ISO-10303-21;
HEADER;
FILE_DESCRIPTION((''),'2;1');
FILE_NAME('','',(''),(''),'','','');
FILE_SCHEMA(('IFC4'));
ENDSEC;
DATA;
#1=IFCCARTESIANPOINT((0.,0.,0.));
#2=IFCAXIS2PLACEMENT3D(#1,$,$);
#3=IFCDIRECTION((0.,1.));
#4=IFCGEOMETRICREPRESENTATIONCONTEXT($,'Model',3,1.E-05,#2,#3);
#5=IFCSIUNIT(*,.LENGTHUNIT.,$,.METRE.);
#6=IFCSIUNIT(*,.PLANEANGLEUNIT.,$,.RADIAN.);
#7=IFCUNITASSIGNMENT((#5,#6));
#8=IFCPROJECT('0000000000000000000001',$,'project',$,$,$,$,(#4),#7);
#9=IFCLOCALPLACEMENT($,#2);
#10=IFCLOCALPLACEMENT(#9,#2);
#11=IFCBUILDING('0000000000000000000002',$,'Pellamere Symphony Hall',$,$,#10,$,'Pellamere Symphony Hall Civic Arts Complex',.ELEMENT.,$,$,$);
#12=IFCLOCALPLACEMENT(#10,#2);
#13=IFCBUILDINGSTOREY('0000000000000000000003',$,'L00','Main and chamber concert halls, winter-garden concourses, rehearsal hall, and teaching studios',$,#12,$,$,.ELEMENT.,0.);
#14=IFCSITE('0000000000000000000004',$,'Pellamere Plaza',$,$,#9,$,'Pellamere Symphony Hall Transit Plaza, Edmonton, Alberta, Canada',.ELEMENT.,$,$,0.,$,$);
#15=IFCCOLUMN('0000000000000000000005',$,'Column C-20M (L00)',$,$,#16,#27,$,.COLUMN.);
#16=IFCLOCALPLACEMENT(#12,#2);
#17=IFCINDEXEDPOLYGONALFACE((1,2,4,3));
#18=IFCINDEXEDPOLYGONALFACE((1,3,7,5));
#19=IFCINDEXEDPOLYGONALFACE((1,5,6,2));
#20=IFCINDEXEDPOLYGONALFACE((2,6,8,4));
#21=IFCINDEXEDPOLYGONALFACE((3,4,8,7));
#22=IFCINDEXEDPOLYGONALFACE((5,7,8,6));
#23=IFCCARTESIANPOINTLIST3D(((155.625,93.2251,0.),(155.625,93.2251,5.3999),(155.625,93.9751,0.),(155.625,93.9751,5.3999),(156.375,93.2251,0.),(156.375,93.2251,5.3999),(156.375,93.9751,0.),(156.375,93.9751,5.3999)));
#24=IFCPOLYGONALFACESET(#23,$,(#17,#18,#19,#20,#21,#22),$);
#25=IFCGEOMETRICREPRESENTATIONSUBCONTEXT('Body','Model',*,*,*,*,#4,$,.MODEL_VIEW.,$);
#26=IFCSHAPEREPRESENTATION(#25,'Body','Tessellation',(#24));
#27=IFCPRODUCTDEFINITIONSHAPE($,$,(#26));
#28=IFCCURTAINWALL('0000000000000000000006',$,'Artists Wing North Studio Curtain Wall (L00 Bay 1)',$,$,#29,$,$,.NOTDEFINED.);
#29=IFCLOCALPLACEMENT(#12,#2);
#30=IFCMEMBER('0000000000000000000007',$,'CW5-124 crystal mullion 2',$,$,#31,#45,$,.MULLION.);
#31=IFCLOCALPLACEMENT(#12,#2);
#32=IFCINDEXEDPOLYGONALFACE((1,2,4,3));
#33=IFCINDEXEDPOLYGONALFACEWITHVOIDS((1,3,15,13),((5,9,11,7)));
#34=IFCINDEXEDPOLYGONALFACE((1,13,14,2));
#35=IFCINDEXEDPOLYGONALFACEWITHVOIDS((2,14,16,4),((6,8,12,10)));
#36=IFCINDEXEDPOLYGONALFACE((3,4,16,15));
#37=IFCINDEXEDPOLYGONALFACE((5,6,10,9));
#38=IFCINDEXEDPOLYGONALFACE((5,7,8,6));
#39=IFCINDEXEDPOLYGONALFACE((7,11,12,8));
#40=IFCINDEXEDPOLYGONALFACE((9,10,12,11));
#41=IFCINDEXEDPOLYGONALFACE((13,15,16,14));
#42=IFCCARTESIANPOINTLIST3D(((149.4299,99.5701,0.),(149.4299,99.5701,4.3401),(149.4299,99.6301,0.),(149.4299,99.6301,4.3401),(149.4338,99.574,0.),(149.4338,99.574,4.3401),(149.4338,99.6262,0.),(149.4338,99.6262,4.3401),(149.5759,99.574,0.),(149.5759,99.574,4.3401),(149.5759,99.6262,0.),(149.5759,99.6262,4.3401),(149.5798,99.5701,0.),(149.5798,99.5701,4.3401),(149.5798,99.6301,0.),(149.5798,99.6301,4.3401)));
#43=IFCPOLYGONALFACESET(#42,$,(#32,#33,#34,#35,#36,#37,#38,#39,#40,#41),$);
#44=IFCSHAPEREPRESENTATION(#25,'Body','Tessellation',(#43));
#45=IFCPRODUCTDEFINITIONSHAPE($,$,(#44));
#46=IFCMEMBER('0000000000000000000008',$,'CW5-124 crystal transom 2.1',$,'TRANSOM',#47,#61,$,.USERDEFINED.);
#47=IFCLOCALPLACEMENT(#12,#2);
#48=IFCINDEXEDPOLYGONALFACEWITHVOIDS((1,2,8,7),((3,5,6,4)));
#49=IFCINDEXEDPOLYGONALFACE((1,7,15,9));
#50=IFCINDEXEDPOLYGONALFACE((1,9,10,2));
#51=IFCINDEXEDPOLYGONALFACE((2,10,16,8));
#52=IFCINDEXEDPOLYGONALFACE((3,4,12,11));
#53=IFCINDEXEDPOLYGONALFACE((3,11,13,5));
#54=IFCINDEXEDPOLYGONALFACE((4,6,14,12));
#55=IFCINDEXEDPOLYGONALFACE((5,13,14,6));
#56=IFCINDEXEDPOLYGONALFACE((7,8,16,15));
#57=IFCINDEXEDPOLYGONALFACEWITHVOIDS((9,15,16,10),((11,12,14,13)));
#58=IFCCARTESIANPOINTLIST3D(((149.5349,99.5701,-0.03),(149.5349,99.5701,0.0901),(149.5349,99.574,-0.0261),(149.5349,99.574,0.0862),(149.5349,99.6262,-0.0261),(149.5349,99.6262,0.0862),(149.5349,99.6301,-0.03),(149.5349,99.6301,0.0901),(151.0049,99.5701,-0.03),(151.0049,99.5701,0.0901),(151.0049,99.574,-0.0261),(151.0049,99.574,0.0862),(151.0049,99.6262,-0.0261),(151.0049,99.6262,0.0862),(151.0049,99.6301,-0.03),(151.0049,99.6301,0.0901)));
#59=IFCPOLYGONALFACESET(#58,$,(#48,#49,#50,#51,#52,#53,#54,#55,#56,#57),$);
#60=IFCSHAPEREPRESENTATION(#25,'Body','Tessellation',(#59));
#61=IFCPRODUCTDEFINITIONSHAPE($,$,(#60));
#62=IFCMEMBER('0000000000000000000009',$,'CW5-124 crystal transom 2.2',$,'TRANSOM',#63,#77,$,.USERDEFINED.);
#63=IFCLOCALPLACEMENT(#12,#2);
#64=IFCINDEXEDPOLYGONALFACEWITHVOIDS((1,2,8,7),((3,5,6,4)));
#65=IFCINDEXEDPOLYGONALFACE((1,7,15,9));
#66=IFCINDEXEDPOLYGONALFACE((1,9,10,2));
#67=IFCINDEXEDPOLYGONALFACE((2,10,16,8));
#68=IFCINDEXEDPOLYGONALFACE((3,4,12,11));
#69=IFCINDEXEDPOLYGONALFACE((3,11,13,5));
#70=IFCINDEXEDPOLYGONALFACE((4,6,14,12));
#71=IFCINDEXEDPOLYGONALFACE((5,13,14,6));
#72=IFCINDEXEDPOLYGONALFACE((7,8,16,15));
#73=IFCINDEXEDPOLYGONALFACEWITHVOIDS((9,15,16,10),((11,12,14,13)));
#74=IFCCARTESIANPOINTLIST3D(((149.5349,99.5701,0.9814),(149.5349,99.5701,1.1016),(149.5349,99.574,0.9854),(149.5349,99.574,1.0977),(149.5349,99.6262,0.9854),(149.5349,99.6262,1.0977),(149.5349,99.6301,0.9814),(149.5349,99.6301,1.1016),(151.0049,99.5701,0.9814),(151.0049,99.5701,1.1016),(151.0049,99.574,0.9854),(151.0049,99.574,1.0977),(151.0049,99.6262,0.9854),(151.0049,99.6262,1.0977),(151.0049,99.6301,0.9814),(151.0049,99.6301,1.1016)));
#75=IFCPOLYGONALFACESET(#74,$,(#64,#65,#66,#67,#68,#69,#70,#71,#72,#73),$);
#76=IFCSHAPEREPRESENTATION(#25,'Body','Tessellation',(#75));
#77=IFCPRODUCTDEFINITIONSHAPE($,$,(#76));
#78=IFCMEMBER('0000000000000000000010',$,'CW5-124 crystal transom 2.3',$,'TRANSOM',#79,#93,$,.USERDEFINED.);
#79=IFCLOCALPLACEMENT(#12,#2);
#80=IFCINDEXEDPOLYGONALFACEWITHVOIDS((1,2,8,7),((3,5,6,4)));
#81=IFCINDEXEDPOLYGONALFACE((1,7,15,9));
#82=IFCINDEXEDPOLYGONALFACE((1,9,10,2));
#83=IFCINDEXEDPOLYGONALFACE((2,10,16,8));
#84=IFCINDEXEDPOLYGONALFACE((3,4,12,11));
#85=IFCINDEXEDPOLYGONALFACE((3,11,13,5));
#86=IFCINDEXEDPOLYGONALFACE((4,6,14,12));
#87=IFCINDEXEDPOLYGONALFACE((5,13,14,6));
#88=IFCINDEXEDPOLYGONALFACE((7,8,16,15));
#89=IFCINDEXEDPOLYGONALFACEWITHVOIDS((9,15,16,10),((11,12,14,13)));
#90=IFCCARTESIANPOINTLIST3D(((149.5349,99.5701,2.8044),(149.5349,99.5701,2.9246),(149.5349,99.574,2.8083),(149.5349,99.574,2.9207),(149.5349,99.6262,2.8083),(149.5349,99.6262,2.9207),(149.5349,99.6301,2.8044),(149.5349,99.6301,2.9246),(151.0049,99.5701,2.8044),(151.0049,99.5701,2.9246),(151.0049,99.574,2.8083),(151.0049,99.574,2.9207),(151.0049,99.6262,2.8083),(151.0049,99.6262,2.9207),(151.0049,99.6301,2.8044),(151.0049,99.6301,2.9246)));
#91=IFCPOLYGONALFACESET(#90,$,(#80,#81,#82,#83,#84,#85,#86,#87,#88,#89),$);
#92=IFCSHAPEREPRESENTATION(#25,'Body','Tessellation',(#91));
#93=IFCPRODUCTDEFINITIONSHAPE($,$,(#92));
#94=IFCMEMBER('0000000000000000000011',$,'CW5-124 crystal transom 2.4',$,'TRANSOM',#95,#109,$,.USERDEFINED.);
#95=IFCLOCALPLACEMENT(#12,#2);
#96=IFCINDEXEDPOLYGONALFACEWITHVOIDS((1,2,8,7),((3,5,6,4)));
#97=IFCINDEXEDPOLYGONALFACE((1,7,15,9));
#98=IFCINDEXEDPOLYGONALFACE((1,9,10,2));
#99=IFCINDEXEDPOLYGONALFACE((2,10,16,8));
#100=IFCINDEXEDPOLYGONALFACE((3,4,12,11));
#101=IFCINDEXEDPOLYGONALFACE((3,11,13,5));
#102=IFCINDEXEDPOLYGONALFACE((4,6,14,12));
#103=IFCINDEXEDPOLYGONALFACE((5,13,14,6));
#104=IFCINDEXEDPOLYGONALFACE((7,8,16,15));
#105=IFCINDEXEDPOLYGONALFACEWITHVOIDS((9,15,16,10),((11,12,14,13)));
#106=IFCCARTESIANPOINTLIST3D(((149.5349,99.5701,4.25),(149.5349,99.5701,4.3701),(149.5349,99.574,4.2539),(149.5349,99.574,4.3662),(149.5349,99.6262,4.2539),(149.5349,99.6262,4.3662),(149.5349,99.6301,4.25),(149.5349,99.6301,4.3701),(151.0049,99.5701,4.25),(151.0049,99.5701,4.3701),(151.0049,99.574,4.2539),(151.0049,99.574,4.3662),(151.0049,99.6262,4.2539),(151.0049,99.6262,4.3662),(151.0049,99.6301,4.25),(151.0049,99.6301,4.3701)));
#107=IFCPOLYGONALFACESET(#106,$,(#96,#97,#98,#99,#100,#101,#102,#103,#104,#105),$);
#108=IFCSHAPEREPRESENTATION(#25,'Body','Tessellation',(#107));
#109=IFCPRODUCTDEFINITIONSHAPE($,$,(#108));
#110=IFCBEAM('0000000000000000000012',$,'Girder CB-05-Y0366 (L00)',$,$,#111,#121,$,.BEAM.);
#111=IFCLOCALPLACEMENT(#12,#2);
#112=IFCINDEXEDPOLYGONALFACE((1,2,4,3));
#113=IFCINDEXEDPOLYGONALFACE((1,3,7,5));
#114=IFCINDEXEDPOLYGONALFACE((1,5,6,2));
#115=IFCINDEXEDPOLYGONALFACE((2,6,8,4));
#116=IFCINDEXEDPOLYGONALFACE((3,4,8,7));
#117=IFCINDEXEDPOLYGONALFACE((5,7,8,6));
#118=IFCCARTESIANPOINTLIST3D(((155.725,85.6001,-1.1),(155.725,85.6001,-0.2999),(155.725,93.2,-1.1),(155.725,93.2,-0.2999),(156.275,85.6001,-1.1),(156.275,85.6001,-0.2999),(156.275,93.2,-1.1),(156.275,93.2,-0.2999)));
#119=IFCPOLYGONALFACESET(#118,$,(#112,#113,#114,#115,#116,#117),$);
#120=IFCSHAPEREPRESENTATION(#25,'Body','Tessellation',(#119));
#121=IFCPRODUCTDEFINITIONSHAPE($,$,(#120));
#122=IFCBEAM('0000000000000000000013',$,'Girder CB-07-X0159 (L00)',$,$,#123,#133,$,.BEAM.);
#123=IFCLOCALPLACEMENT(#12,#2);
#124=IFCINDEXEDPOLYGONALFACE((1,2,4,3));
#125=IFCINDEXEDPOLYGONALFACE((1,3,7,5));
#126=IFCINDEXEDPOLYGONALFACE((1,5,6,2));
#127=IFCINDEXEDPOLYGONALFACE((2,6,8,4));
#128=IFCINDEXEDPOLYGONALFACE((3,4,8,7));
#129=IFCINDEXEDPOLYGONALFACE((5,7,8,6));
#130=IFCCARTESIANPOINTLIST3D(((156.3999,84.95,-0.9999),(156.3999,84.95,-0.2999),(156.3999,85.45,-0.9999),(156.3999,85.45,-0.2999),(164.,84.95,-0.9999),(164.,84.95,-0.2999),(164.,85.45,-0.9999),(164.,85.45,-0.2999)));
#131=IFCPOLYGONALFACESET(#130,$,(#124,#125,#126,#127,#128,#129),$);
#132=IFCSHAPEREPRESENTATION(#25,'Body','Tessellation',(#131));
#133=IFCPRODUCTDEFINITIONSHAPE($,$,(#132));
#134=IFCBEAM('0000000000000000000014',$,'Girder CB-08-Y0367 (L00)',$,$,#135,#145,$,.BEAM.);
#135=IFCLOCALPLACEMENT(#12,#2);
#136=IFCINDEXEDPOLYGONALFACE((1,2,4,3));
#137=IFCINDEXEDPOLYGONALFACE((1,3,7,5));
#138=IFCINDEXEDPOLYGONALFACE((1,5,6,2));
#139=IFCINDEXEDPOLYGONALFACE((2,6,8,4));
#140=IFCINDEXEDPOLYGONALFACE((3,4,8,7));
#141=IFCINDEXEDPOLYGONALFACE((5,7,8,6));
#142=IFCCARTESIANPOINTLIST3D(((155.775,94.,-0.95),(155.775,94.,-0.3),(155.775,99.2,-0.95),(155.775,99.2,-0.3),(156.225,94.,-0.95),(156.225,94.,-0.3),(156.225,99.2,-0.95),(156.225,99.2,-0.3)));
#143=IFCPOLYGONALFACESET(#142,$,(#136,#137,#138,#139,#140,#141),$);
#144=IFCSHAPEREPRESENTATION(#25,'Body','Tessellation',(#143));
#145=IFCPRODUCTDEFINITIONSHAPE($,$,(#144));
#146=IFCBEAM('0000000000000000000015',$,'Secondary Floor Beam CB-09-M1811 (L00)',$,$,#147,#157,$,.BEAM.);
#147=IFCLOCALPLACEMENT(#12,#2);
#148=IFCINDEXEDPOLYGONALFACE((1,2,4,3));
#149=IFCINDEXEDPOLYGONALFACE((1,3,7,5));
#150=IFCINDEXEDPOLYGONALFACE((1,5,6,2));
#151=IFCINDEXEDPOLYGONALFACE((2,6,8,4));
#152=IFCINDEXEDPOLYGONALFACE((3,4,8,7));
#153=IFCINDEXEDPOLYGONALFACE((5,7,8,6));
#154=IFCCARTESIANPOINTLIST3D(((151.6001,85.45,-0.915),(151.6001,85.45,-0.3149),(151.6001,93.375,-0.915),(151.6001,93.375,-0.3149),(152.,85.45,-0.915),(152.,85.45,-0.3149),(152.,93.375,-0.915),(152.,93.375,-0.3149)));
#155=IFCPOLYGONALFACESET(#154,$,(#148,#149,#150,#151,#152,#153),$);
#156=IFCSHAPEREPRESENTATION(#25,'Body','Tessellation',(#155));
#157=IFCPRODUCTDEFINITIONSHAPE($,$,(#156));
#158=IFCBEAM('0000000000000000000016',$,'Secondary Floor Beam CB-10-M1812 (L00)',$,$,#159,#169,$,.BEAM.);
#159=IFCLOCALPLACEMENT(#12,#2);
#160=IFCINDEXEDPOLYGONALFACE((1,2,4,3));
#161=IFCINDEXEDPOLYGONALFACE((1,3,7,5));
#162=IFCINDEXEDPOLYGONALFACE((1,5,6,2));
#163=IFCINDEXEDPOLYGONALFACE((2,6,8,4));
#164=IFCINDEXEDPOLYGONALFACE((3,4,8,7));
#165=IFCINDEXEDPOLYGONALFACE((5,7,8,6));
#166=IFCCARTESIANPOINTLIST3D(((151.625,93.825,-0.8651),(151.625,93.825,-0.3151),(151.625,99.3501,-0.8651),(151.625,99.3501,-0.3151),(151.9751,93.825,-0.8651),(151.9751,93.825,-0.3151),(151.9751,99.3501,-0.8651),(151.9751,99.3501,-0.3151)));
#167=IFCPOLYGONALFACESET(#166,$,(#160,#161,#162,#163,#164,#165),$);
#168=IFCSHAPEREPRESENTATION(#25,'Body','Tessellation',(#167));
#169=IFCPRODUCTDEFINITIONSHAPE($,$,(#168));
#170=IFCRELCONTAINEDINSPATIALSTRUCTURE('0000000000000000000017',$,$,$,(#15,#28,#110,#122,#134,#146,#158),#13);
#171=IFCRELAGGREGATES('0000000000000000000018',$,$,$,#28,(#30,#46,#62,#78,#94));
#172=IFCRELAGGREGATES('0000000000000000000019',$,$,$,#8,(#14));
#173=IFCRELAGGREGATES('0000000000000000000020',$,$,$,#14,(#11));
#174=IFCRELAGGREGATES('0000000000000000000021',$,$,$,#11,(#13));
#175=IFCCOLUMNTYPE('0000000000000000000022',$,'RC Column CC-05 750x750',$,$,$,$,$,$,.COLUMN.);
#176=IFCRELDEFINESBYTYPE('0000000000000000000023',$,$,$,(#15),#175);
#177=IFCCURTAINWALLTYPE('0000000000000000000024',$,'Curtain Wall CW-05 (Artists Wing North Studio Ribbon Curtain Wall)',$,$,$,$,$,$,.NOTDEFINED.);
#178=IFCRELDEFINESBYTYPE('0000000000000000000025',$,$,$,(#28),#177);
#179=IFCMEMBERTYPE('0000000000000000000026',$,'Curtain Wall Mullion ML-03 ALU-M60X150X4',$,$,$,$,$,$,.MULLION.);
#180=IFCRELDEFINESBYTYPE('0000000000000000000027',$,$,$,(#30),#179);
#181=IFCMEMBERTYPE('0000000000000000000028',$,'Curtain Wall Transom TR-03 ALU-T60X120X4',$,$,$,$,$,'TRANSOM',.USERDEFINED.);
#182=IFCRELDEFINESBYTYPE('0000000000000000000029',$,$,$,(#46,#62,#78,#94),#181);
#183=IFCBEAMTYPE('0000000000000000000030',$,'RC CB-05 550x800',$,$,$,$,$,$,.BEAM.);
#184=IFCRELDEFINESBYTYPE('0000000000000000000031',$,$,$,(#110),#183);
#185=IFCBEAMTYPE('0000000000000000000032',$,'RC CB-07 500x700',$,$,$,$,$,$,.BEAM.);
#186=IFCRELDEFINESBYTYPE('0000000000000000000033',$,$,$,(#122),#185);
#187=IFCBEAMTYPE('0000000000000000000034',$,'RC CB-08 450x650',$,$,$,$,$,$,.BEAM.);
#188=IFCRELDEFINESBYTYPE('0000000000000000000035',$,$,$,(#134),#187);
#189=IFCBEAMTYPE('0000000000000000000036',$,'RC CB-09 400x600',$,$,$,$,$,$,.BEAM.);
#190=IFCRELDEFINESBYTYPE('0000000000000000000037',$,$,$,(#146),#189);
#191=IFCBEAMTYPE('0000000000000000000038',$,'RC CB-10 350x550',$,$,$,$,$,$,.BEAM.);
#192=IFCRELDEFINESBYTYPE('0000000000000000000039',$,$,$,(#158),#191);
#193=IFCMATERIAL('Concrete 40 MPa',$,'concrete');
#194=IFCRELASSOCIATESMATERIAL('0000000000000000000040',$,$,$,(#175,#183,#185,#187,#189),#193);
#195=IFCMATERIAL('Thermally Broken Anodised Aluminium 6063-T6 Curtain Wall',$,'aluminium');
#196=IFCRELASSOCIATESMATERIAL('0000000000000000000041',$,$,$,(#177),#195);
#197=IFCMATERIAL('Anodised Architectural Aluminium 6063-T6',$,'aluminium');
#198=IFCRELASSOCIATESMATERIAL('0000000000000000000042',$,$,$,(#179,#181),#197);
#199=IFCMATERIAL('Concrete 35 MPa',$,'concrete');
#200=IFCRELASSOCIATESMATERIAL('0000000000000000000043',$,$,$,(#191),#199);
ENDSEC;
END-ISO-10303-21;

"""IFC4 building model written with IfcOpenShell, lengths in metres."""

from ifc_helpers import new_model, si_unit, direction, frame, origin, origin_2d, place, context, subcontext, project, spatial, rectangle, hollow_rectangle, extrude, material, material_profile, profile_set, type_object, element, aggregate, save


model = new_model("IFC4")

# Units and contexts
model_context = context("Model", 3, precision=1e-05, world=origin(), true_north=direction((0.0, 1.0)))
body_context = subcontext(model_context, "Body", "Model", "MODEL_VIEW")
ifc_project = project(units=[si_unit("LENGTHUNIT", "METRE"), si_unit("PLANEANGLEUNIT", "RADIAN")], contexts=[model_context])

# Site, building, storey
site_placement = place(None, origin())
site = spatial("IfcSite", under=ifc_project, at=site_placement, Name="Pellamere Plaza", LongName="Pellamere Symphony Hall Transit Plaza, Edmonton, Alberta, Canada", CompositionType="ELEMENT", RefElevation=0.0)
building_placement = place(site_placement, origin())
building = spatial("IfcBuilding", under=site, at=building_placement, Name="Pellamere Symphony Hall", LongName="Pellamere Symphony Hall Civic Arts Complex", CompositionType="ELEMENT")
storey_placement = place(building_placement, origin())
storey = spatial("IfcBuildingStorey", under=building, at=storey_placement, Name="L00", Description="Main and chamber concert halls, winter-garden concourses, rehearsal hall, and teaching studios", CompositionType="ELEMENT", Elevation=0.0)

# Column
ifc_material_1 = material(Name="Concrete 40 MPa", Category="concrete")
ifc_material_profile_1 = material_profile(ifc_material_1, rectangle(XDim=0.75, YDim=0.75, at=origin_2d()), Name="RC 750x750")
ifc_profile_set_1 = profile_set([ifc_material_profile_1], Name="Concrete 40 MPa")
column_type = type_object("IfcColumnType", Name="RC Column CC-05 750x750", PredefinedType="COLUMN", material=ifc_profile_set_1)
column_placement = place(storey_placement, frame((156.0, 93.6001, 0.0), z_axis=(0.0, 0.0, 1.0), x_axis=(1.0, 0.0, 0.0)))
element("IfcColumn", 1, at=column_placement, inside=storey, type_object=column_type, Name="Column C-20M (L00)", PredefinedType="COLUMN", context=body_context, shape_type="SweptSolid", body=[
    extrude(rectangle(XDim=0.75, YDim=0.75, at=origin_2d()), origin(), (0.0, 0.0, 1.0), 5.3999),
])

# Curtain wall, members
ifc_material_2 = material(Name="Thermally Broken Anodised Aluminium 6063-T6 Curtain Wall", Category="aluminium")
curtain_wall_type = type_object("IfcCurtainWallType", Name="Curtain Wall CW-05 (Artists Wing North Studio Ribbon Curtain Wall)", PredefinedType="NOTDEFINED", material=ifc_material_2)
curtain_wall_placement = place(storey_placement, origin())
curtain_wall = element("IfcCurtainWall", 2, at=curtain_wall_placement, inside=storey, type_object=curtain_wall_type, Name="Artists Wing North Studio Curtain Wall (L00 Bay 1)", PredefinedType="NOTDEFINED")
ifc_material_3 = material(Name="Anodised Architectural Aluminium 6063-T6", Category="aluminium")
ifc_material_profile_2 = material_profile(ifc_material_3, hollow_rectangle(XDim=0.0601, YDim=0.1499, WallThickness=0.0039, at=origin_2d()), Name="ALU-M60X150X4")
ifc_profile_set_2 = profile_set([ifc_material_profile_2], Name="Anodised Architectural Aluminium 6063-T6")
member_type_1 = type_object("IfcMemberType", Name="Curtain Wall Mullion ML-03 ALU-M60X150X4", PredefinedType="MULLION", material=ifc_profile_set_2)
member_1_placement = place(storey_placement, frame((149.5049, 99.6001, 0.0), z_axis=(0.0, 0.0, 1.0), x_axis=(0.0, 1.0, 0.0)))
member_1 = element("IfcMember", 3, at=member_1_placement, type_object=member_type_1, Name="CW5-124 crystal mullion 2", PredefinedType="MULLION", context=body_context, shape_type="SweptSolid", body=[
    extrude(hollow_rectangle(XDim=0.0601, YDim=0.1499, WallThickness=0.0039, at=origin_2d()), origin(), (0.0, 0.0, 1.0), 4.3401),
])
ifc_material_profile_3 = material_profile(ifc_material_3, hollow_rectangle(XDim=0.0601, YDim=0.1201, WallThickness=0.0039, at=origin_2d()), Name="ALU-T60X120X4")
ifc_profile_set_3 = profile_set([ifc_material_profile_3], Name="Anodised Architectural Aluminium 6063-T6")
member_type_2 = type_object("IfcMemberType", Name="Curtain Wall Transom TR-03 ALU-T60X120X4", ElementType="TRANSOM", PredefinedType="USERDEFINED", material=ifc_profile_set_3)
member_2_placement = place(storey_placement, frame((149.5349, 99.6001, 0.03), z_axis=(1.0, 0.0, 0.0), x_axis=(0.0, 1.0, 0.0)))
member_2 = element("IfcMember", 4, at=member_2_placement, type_object=member_type_2, Name="CW5-124 crystal transom 2.1", ObjectType="TRANSOM", PredefinedType="USERDEFINED", context=body_context, shape_type="SweptSolid", body=[
    extrude(hollow_rectangle(XDim=0.0601, YDim=0.1201, WallThickness=0.0039, at=origin_2d()), origin(), (0.0, 0.0, 1.0), 1.47),
])
member_3_placement = place(storey_placement, frame((149.5349, 99.6001, 1.0415), z_axis=(1.0, 0.0, 0.0), x_axis=(0.0, 1.0, 0.0)))
member_3 = element("IfcMember", 5, at=member_3_placement, type_object=member_type_2, Name="CW5-124 crystal transom 2.2", ObjectType="TRANSOM", PredefinedType="USERDEFINED", context=body_context, shape_type="SweptSolid", body=[
    extrude(hollow_rectangle(XDim=0.0601, YDim=0.1201, WallThickness=0.0039, at=origin_2d()), origin(), (0.0, 0.0, 1.0), 1.47),
])
member_4_placement = place(storey_placement, frame((149.5349, 99.6001, 2.8645), z_axis=(1.0, 0.0, 0.0), x_axis=(0.0, 1.0, 0.0)))
member_4 = element("IfcMember", 6, at=member_4_placement, type_object=member_type_2, Name="CW5-124 crystal transom 2.3", ObjectType="TRANSOM", PredefinedType="USERDEFINED", context=body_context, shape_type="SweptSolid", body=[
    extrude(hollow_rectangle(XDim=0.0601, YDim=0.1201, WallThickness=0.0039, at=origin_2d()), origin(), (0.0, 0.0, 1.0), 1.47),
])
member_5_placement = place(storey_placement, frame((149.5349, 99.6001, 4.3101), z_axis=(1.0, 0.0, 0.0), x_axis=(0.0, 1.0, 0.0)))
member_5 = element("IfcMember", 7, at=member_5_placement, type_object=member_type_2, Name="CW5-124 crystal transom 2.4", ObjectType="TRANSOM", PredefinedType="USERDEFINED", context=body_context, shape_type="SweptSolid", body=[
    extrude(hollow_rectangle(XDim=0.0601, YDim=0.1201, WallThickness=0.0039, at=origin_2d()), origin(), (0.0, 0.0, 1.0), 1.47),
])

# Beams
ifc_material_profile_4 = material_profile(ifc_material_1, rectangle(XDim=0.55, YDim=0.8, at=origin_2d()), Name="RC 550x800")
ifc_profile_set_4 = profile_set([ifc_material_profile_4], Name="Concrete 40 MPa")
beam_type_1 = type_object("IfcBeamType", Name="RC CB-05 550x800", PredefinedType="BEAM", material=ifc_profile_set_4)
beam_1_placement = place(storey_placement, frame((156.0, 85.6001, -0.7), z_axis=(0.0, 1.0, 0.0), x_axis=(-1.0, 0.0, 0.0)))
element("IfcBeam", 8, at=beam_1_placement, inside=storey, type_object=beam_type_1, Name="Girder CB-05-Y0366 (L00)", PredefinedType="BEAM", context=body_context, shape_type="SweptSolid", body=[
    extrude(rectangle(XDim=0.55, YDim=0.8, at=origin_2d()), origin(), (0.0, 0.0, 1.0), 7.5999),
])
ifc_material_profile_5 = material_profile(ifc_material_1, rectangle(XDim=0.5, YDim=0.7, at=origin_2d()), Name="RC 500x700")
ifc_profile_set_5 = profile_set([ifc_material_profile_5], Name="Concrete 40 MPa")
beam_type_2 = type_object("IfcBeamType", Name="RC CB-07 500x700", PredefinedType="BEAM", material=ifc_profile_set_5)
beam_2_placement = place(storey_placement, frame((156.3999, 85.2, -0.6499), z_axis=(1.0, 0.0, 0.0), x_axis=(0.0, 1.0, 0.0)))
element("IfcBeam", 9, at=beam_2_placement, inside=storey, type_object=beam_type_2, Name="Girder CB-07-X0159 (L00)", PredefinedType="BEAM", context=body_context, shape_type="SweptSolid", body=[
    extrude(rectangle(XDim=0.5, YDim=0.7, at=origin_2d()), origin(), (0.0, 0.0, 1.0), 7.6001),
])
ifc_material_profile_6 = material_profile(ifc_material_1, rectangle(XDim=0.45, YDim=0.6499, at=origin_2d()), Name="RC 450x650")
ifc_profile_set_6 = profile_set([ifc_material_profile_6], Name="Concrete 40 MPa")
beam_type_3 = type_object("IfcBeamType", Name="RC CB-08 450x650", PredefinedType="BEAM", material=ifc_profile_set_6)
beam_3_placement = place(storey_placement, frame((156.0, 94.0, -0.625), z_axis=(0.0, 1.0, 0.0), x_axis=(-1.0, 0.0, 0.0)))
element("IfcBeam", 10, at=beam_3_placement, inside=storey, type_object=beam_type_3, Name="Girder CB-08-Y0367 (L00)", PredefinedType="BEAM", context=body_context, shape_type="SweptSolid", body=[
    extrude(rectangle(XDim=0.45, YDim=0.6499, at=origin_2d()), origin(), (0.0, 0.0, 1.0), 5.2),
])
ifc_material_profile_7 = material_profile(ifc_material_1, rectangle(XDim=0.3999, YDim=0.6001, at=origin_2d()), Name="RC 400x600")
ifc_profile_set_7 = profile_set([ifc_material_profile_7], Name="Concrete 40 MPa")
beam_type_4 = type_object("IfcBeamType", Name="RC CB-09 400x600", PredefinedType="BEAM", material=ifc_profile_set_7)
beam_4_placement = place(storey_placement, frame((151.8, 85.45, -0.615), z_axis=(0.0, 1.0, 0.0), x_axis=(-1.0, 0.0, 0.0)))
element("IfcBeam", 11, at=beam_4_placement, inside=storey, type_object=beam_type_4, Name="Secondary Floor Beam CB-09-M1811 (L00)", PredefinedType="BEAM", context=body_context, shape_type="SweptSolid", body=[
    extrude(rectangle(XDim=0.3999, YDim=0.6001, at=origin_2d()), origin(), (0.0, 0.0, 1.0), 7.925),
])
ifc_material_4 = material(Name="Concrete 35 MPa", Category="concrete")
ifc_material_profile_8 = material_profile(ifc_material_4, rectangle(XDim=0.3501, YDim=0.55, at=origin_2d()), Name="RC 350x550")
ifc_profile_set_8 = profile_set([ifc_material_profile_8], Name="Concrete 35 MPa")
beam_type_5 = type_object("IfcBeamType", Name="RC CB-10 350x550", PredefinedType="BEAM", material=ifc_profile_set_8)
beam_5_placement = place(storey_placement, frame((151.8, 93.825, -0.5901), z_axis=(0.0, 1.0, 0.0), x_axis=(-1.0, 0.0, 0.0)))
element("IfcBeam", 12, at=beam_5_placement, inside=storey, type_object=beam_type_5, Name="Secondary Floor Beam CB-10-M1812 (L00)", PredefinedType="BEAM", context=body_context, shape_type="SweptSolid", body=[
    extrude(rectangle(XDim=0.3501, YDim=0.55, at=origin_2d()), origin(), (0.0, 0.0, 1.0), 5.5251),
])

aggregate(curtain_wall, [member_1, member_2, member_3, member_4, member_5])

save(model, "model.ifc")
